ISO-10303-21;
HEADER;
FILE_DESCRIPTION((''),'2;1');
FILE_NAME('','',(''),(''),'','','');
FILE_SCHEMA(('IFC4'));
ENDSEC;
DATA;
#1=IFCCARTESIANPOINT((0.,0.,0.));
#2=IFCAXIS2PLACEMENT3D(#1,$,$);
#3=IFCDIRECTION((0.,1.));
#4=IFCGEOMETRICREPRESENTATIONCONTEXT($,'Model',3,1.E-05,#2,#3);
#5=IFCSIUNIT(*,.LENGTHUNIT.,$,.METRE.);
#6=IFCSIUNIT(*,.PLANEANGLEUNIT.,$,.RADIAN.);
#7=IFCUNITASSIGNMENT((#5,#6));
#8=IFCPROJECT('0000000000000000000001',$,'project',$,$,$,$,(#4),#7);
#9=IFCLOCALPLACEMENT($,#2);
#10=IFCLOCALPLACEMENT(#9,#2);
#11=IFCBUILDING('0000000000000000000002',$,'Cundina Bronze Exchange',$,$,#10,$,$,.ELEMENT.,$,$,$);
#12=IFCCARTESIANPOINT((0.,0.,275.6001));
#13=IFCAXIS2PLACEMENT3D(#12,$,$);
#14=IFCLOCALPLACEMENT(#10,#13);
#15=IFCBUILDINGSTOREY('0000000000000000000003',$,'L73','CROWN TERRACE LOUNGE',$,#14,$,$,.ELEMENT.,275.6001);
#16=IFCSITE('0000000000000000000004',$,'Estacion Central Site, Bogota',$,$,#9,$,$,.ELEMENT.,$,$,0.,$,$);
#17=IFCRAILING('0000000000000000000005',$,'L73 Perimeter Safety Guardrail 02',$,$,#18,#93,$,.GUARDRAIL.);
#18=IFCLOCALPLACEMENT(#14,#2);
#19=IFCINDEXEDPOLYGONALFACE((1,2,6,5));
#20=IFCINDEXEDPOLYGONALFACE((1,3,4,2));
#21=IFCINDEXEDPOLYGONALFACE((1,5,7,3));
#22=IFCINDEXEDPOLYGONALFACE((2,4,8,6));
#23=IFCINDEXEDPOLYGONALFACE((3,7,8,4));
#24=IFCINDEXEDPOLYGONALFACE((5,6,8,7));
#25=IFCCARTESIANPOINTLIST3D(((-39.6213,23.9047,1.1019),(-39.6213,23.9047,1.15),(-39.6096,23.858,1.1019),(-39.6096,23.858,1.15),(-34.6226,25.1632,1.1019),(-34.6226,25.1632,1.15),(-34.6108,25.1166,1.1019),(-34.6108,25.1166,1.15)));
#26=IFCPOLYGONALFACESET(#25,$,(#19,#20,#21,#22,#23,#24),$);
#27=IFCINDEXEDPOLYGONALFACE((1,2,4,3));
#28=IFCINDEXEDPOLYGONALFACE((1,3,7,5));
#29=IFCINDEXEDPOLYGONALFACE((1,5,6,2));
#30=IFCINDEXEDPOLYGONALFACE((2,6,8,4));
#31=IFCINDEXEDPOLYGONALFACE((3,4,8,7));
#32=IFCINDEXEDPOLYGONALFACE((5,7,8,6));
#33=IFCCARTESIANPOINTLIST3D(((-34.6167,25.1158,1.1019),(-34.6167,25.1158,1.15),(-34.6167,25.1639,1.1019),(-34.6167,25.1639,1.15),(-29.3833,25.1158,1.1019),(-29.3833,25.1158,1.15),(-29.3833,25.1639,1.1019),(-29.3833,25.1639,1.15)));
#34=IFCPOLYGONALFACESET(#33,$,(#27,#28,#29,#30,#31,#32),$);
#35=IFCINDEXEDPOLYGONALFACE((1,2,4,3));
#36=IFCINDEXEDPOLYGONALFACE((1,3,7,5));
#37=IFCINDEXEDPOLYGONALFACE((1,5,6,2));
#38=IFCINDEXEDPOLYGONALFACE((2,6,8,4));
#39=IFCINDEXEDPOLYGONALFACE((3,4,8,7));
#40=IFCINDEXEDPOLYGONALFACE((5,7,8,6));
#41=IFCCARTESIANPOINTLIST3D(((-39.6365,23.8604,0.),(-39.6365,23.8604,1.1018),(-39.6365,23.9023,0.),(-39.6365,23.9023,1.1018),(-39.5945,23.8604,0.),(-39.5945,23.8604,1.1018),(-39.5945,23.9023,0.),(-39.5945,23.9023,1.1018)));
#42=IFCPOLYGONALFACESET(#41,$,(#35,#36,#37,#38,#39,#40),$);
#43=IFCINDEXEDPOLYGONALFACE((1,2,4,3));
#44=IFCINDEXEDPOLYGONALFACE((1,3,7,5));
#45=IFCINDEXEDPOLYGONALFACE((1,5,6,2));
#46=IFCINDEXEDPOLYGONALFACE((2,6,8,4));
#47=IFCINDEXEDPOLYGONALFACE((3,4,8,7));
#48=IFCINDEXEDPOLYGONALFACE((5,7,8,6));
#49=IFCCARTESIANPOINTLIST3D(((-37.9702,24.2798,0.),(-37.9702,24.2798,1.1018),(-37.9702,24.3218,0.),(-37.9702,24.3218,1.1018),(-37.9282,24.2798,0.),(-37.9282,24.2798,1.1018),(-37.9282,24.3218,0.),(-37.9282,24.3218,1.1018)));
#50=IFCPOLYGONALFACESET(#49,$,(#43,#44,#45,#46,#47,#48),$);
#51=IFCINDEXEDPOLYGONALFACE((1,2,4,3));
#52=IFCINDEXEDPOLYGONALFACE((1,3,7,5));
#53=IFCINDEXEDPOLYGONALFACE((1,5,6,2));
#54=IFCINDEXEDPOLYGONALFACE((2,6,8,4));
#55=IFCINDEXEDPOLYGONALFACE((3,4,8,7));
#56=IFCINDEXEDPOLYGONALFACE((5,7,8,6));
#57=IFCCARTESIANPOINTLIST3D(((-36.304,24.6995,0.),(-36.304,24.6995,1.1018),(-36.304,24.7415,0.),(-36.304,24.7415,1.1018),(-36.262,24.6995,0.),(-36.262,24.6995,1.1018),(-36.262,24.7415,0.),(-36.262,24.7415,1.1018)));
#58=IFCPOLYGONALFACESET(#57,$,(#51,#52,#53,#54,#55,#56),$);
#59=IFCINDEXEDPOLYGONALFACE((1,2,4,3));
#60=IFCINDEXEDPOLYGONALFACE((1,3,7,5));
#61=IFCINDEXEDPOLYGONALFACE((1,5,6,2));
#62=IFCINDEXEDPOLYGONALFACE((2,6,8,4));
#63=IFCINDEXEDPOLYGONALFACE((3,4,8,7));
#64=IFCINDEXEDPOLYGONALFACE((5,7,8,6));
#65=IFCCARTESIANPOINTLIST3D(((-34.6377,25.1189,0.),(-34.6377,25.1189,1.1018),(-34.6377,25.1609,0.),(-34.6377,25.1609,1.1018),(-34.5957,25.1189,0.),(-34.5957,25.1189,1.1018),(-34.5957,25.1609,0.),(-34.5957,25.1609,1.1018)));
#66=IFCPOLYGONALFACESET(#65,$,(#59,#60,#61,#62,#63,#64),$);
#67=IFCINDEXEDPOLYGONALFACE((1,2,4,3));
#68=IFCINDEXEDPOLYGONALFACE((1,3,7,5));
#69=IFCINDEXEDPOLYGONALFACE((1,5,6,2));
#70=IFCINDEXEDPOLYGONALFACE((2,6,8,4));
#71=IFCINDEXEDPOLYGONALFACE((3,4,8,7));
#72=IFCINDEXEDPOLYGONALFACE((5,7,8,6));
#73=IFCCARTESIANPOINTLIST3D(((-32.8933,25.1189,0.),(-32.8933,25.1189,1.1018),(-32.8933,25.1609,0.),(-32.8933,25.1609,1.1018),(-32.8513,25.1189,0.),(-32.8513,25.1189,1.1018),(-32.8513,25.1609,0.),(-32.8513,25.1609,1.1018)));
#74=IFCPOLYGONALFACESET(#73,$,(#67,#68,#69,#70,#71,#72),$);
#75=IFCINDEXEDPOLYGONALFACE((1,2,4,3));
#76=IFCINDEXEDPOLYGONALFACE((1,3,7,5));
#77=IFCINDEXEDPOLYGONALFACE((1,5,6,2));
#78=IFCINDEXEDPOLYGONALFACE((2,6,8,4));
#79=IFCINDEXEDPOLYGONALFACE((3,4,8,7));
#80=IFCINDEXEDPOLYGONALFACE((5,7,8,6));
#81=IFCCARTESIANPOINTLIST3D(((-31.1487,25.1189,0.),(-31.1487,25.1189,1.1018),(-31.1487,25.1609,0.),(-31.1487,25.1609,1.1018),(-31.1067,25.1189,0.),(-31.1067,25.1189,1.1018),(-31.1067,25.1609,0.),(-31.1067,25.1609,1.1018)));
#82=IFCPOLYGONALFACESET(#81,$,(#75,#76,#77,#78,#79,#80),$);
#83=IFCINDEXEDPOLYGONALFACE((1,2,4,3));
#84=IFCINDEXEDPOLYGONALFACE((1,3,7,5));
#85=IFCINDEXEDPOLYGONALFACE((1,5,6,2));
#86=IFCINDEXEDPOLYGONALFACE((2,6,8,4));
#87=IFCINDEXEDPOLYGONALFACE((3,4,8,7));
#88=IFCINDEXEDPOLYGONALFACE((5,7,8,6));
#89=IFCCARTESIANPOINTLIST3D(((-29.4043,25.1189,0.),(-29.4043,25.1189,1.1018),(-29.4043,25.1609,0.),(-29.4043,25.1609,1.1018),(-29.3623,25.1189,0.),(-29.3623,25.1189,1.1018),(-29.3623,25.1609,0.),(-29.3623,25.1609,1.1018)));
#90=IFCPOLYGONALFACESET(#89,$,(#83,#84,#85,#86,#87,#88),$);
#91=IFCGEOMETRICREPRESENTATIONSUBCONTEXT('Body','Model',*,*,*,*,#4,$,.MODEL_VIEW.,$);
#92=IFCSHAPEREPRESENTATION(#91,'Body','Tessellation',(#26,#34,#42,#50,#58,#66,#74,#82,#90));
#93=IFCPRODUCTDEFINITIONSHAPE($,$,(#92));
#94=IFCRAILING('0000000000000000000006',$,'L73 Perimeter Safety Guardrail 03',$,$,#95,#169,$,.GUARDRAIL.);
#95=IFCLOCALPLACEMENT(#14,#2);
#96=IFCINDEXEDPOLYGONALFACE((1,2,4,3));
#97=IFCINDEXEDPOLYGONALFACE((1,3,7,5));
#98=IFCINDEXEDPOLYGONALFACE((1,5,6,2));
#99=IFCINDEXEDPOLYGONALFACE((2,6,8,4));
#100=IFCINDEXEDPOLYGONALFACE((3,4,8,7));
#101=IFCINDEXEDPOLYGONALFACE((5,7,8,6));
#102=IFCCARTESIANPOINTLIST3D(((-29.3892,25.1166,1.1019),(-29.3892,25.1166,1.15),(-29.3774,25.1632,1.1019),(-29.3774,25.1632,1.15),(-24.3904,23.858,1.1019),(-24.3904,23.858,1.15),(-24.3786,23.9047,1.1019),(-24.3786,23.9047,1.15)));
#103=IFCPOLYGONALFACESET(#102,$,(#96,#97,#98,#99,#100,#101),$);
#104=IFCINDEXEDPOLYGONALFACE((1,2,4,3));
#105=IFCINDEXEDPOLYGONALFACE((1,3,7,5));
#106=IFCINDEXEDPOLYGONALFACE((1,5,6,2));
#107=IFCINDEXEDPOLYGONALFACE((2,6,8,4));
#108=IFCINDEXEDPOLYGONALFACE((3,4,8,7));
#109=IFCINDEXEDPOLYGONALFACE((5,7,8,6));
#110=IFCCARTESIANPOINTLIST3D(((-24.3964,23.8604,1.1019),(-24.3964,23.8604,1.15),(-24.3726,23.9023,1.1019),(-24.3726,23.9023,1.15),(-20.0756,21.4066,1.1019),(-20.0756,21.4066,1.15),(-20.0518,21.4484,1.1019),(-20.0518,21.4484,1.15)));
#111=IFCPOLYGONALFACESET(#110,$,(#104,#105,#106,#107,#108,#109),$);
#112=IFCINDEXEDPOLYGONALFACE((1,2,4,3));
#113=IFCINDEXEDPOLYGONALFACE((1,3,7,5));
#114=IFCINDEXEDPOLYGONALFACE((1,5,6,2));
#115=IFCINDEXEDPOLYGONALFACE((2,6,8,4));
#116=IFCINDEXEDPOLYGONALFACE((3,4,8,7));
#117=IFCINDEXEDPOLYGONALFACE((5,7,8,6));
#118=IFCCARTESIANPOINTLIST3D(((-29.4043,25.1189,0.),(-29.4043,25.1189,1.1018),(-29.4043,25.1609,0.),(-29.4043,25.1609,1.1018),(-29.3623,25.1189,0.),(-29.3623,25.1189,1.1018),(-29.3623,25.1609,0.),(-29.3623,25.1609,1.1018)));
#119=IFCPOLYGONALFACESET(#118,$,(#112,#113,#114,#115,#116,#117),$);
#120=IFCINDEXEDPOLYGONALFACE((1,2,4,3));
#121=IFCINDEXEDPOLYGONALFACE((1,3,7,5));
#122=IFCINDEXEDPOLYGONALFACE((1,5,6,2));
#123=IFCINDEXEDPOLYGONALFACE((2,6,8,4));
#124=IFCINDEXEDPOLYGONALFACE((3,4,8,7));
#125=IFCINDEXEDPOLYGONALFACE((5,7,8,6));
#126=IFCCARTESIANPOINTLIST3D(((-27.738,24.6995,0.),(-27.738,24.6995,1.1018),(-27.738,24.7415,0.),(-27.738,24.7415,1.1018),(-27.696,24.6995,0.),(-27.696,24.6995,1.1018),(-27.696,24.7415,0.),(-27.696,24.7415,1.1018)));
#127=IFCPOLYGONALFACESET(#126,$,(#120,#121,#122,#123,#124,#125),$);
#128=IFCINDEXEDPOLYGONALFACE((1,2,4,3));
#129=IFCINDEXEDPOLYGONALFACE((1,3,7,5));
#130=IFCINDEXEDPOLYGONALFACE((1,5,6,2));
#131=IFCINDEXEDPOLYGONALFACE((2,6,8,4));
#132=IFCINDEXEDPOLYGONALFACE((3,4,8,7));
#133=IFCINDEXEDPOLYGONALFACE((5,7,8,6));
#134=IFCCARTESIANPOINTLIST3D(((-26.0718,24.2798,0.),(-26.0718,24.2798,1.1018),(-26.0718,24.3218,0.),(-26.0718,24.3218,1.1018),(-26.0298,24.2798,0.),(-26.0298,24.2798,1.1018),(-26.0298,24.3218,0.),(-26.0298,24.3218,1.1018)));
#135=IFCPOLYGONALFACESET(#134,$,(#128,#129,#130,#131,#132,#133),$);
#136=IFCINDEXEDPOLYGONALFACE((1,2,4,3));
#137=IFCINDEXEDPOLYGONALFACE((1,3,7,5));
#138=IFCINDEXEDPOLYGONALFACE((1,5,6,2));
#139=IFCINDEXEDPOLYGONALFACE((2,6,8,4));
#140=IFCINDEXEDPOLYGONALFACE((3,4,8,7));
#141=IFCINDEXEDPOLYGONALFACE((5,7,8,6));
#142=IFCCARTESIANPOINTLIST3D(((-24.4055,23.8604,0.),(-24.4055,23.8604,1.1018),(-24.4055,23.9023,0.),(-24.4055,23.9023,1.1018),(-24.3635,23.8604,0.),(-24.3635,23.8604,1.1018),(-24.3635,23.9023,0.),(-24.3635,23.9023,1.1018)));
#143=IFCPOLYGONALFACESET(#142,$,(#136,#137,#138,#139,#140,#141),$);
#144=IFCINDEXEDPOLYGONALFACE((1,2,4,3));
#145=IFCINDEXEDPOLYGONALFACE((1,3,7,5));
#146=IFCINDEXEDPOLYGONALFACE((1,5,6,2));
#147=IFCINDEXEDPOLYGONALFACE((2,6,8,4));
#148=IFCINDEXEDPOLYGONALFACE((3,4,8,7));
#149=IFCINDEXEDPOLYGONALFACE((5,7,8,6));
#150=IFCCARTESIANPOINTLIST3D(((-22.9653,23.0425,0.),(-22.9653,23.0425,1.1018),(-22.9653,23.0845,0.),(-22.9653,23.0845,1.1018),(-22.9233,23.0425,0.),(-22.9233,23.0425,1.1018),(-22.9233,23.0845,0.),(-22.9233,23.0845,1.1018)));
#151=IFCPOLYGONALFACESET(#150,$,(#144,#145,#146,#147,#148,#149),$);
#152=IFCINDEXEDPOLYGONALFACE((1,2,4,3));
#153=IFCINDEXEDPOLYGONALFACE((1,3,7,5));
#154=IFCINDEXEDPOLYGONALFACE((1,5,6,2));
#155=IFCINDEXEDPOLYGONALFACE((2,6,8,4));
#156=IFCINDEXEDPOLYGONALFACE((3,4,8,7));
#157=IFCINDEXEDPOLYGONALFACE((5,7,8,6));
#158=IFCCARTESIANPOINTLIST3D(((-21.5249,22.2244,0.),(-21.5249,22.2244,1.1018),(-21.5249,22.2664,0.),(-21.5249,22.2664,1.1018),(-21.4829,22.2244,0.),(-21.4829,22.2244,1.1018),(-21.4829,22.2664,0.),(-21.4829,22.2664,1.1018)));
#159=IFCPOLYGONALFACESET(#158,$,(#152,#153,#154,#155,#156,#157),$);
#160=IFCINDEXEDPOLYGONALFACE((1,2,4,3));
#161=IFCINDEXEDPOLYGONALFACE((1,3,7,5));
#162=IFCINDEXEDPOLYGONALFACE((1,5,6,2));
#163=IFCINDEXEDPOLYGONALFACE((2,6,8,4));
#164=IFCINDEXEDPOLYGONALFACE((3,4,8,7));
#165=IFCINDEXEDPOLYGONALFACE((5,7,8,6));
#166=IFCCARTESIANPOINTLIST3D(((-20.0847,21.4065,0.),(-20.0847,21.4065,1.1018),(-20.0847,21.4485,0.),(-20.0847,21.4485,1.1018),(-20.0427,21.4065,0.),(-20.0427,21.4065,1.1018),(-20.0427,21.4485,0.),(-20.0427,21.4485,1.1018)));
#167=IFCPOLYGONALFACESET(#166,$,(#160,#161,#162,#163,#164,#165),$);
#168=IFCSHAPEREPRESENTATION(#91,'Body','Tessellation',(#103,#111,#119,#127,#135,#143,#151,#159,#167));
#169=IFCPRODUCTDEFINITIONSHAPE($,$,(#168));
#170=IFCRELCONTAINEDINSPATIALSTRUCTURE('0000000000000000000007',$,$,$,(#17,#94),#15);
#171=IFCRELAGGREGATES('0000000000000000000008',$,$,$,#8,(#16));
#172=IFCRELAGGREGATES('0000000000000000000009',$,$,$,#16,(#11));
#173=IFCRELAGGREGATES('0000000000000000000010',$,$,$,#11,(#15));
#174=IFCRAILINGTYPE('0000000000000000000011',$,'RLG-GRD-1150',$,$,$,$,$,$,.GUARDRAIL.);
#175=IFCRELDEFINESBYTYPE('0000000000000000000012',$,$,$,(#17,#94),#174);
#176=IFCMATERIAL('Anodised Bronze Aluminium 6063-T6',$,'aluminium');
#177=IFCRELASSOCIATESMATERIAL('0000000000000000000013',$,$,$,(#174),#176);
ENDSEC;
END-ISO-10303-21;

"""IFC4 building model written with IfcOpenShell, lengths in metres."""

from ifc_helpers import new_model, si_unit, direction, frame, origin, origin_2d, place, context, subcontext, project, spatial, rectangle, extrude, material, type_object, element, save


model = new_model("IFC4")

# Units and contexts
model_context = context("Model", 3, precision=1e-05, world=origin(), true_north=direction((0.0, 1.0)))
body_context = subcontext(model_context, "Body", "Model", "MODEL_VIEW")
ifc_project = project(units=[si_unit("LENGTHUNIT", "METRE"), si_unit("PLANEANGLEUNIT", "RADIAN")], contexts=[model_context])

# Site, building, storey
site_placement = place(None, origin())
site = spatial("IfcSite", under=ifc_project, at=site_placement, Name="Estacion Central Site, Bogota", CompositionType="ELEMENT", RefElevation=0.0)
building_placement = place(site_placement, origin())
building = spatial("IfcBuilding", under=site, at=building_placement, Name="Cundina Bronze Exchange", CompositionType="ELEMENT")
storey_placement = place(building_placement, frame((0.0, 0.0, 275.6001)))
storey = spatial("IfcBuildingStorey", under=building, at=storey_placement, Name="L73", Description="CROWN TERRACE LOUNGE", CompositionType="ELEMENT", Elevation=275.6001)

# Shared definitions
ifc_material_1 = material(Name="Anodised Bronze Aluminium 6063-T6", Category="aluminium")

# Railings
railing_type = type_object("IfcRailingType", Name="RLG-GRD-1150", PredefinedType="GUARDRAIL", material=ifc_material_1)
railing_1_placement = place(storey_placement, frame((-39.6155, 23.8813, 0.0)))
element("IfcRailing", 1, at=railing_1_placement, inside=storey, type_object=railing_type, Name="L73 Perimeter Safety Guardrail 02", PredefinedType="GUARDRAIL", context=body_context, shape_type="SweptSolid", body=[
    extrude(rectangle(XDim=0.0481, YDim=0.0481, at=origin_2d()), frame((0.0, 0.0, 1.126), z_axis=(0.969737, 0.244151, 0.0), x_axis=(-0.244151, 0.969737, 0.0)), (0.0, 0.0, 1.0), 5.1548),
    extrude(rectangle(XDim=0.0481, YDim=0.0481, at=origin_2d()), frame((4.9988, 1.2585, 1.126), z_axis=(1.0, 0.0, 0.0), x_axis=(0.0, 1.0, 0.0)), (0.0, 0.0, 1.0), 5.2334),
    extrude(rectangle(XDim=0.042, YDim=0.042, at=origin_2d()), origin(), (0.0, 0.0, 1.0), 1.1018),
    extrude(rectangle(XDim=0.042, YDim=0.042, at=origin_2d()), frame((1.6663, 0.4194, 0.0)), (0.0, 0.0, 1.0), 1.1018),
    extrude(rectangle(XDim=0.042, YDim=0.042, at=origin_2d()), frame((3.3325, 0.8391, 0.0)), (0.0, 0.0, 1.0), 1.1018),
    extrude(rectangle(XDim=0.042, YDim=0.042, at=origin_2d()), frame((4.9988, 1.2585, 0.0)), (0.0, 0.0, 1.0), 1.1018),
    extrude(rectangle(XDim=0.042, YDim=0.042, at=origin_2d()), frame((6.7432, 1.2585, 0.0)), (0.0, 0.0, 1.0), 1.1018),
    extrude(rectangle(XDim=0.042, YDim=0.042, at=origin_2d()), frame((8.4878, 1.2585, 0.0)), (0.0, 0.0, 1.0), 1.1018),
    extrude(rectangle(XDim=0.042, YDim=0.042, at=origin_2d()), frame((10.2322, 1.2585, 0.0)), (0.0, 0.0, 1.0), 1.1018),
])
railing_2_placement = place(storey_placement, frame((-29.3833, 25.1399, 0.0)))
element("IfcRailing", 2, at=railing_2_placement, inside=storey, type_object=railing_type, Name="L73 Perimeter Safety Guardrail 03", PredefinedType="GUARDRAIL", context=body_context, shape_type="SweptSolid", body=[
    extrude(rectangle(XDim=0.0481, YDim=0.0481, at=origin_2d()), frame((0.0, 0.0, 1.126), z_axis=(0.969737, -0.244151, 0.0), x_axis=(0.244151, 0.969737, 0.0)), (0.0, 0.0, 1.0), 5.1548),
    extrude(rectangle(XDim=0.0481, YDim=0.0481, at=origin_2d()), frame((4.9988, -1.2585, 1.126), z_axis=(0.869555, -0.493836, 0.0), x_axis=(0.493836, 0.869555, 0.0)), (0.0, 0.0, 1.0), 4.969),
    extrude(rectangle(XDim=0.042, YDim=0.042, at=origin_2d()), origin(), (0.0, 0.0, 1.0), 1.1018),
    extrude(rectangle(XDim=0.042, YDim=0.042, at=origin_2d()), frame((1.6663, -0.4194, 0.0)), (0.0, 0.0, 1.0), 1.1018),
    extrude(rectangle(XDim=0.042, YDim=0.042, at=origin_2d()), frame((3.3325, -0.8391, 0.0)), (0.0, 0.0, 1.0), 1.1018),
    extrude(rectangle(XDim=0.042, YDim=0.042, at=origin_2d()), frame((4.9988, -1.2585, 0.0)), (0.0, 0.0, 1.0), 1.1018),
    extrude(rectangle(XDim=0.042, YDim=0.042, at=origin_2d()), frame((6.439, -2.0764, 0.0)), (0.0, 0.0, 1.0), 1.1018),
    extrude(rectangle(XDim=0.042, YDim=0.042, at=origin_2d()), frame((7.8794, -2.8945, 0.0)), (0.0, 0.0, 1.0), 1.1018),
    extrude(rectangle(XDim=0.042, YDim=0.042, at=origin_2d()), frame((9.3196, -3.7124, 0.0)), (0.0, 0.0, 1.0), 1.1018),
])

save(model, "model.ifc")
